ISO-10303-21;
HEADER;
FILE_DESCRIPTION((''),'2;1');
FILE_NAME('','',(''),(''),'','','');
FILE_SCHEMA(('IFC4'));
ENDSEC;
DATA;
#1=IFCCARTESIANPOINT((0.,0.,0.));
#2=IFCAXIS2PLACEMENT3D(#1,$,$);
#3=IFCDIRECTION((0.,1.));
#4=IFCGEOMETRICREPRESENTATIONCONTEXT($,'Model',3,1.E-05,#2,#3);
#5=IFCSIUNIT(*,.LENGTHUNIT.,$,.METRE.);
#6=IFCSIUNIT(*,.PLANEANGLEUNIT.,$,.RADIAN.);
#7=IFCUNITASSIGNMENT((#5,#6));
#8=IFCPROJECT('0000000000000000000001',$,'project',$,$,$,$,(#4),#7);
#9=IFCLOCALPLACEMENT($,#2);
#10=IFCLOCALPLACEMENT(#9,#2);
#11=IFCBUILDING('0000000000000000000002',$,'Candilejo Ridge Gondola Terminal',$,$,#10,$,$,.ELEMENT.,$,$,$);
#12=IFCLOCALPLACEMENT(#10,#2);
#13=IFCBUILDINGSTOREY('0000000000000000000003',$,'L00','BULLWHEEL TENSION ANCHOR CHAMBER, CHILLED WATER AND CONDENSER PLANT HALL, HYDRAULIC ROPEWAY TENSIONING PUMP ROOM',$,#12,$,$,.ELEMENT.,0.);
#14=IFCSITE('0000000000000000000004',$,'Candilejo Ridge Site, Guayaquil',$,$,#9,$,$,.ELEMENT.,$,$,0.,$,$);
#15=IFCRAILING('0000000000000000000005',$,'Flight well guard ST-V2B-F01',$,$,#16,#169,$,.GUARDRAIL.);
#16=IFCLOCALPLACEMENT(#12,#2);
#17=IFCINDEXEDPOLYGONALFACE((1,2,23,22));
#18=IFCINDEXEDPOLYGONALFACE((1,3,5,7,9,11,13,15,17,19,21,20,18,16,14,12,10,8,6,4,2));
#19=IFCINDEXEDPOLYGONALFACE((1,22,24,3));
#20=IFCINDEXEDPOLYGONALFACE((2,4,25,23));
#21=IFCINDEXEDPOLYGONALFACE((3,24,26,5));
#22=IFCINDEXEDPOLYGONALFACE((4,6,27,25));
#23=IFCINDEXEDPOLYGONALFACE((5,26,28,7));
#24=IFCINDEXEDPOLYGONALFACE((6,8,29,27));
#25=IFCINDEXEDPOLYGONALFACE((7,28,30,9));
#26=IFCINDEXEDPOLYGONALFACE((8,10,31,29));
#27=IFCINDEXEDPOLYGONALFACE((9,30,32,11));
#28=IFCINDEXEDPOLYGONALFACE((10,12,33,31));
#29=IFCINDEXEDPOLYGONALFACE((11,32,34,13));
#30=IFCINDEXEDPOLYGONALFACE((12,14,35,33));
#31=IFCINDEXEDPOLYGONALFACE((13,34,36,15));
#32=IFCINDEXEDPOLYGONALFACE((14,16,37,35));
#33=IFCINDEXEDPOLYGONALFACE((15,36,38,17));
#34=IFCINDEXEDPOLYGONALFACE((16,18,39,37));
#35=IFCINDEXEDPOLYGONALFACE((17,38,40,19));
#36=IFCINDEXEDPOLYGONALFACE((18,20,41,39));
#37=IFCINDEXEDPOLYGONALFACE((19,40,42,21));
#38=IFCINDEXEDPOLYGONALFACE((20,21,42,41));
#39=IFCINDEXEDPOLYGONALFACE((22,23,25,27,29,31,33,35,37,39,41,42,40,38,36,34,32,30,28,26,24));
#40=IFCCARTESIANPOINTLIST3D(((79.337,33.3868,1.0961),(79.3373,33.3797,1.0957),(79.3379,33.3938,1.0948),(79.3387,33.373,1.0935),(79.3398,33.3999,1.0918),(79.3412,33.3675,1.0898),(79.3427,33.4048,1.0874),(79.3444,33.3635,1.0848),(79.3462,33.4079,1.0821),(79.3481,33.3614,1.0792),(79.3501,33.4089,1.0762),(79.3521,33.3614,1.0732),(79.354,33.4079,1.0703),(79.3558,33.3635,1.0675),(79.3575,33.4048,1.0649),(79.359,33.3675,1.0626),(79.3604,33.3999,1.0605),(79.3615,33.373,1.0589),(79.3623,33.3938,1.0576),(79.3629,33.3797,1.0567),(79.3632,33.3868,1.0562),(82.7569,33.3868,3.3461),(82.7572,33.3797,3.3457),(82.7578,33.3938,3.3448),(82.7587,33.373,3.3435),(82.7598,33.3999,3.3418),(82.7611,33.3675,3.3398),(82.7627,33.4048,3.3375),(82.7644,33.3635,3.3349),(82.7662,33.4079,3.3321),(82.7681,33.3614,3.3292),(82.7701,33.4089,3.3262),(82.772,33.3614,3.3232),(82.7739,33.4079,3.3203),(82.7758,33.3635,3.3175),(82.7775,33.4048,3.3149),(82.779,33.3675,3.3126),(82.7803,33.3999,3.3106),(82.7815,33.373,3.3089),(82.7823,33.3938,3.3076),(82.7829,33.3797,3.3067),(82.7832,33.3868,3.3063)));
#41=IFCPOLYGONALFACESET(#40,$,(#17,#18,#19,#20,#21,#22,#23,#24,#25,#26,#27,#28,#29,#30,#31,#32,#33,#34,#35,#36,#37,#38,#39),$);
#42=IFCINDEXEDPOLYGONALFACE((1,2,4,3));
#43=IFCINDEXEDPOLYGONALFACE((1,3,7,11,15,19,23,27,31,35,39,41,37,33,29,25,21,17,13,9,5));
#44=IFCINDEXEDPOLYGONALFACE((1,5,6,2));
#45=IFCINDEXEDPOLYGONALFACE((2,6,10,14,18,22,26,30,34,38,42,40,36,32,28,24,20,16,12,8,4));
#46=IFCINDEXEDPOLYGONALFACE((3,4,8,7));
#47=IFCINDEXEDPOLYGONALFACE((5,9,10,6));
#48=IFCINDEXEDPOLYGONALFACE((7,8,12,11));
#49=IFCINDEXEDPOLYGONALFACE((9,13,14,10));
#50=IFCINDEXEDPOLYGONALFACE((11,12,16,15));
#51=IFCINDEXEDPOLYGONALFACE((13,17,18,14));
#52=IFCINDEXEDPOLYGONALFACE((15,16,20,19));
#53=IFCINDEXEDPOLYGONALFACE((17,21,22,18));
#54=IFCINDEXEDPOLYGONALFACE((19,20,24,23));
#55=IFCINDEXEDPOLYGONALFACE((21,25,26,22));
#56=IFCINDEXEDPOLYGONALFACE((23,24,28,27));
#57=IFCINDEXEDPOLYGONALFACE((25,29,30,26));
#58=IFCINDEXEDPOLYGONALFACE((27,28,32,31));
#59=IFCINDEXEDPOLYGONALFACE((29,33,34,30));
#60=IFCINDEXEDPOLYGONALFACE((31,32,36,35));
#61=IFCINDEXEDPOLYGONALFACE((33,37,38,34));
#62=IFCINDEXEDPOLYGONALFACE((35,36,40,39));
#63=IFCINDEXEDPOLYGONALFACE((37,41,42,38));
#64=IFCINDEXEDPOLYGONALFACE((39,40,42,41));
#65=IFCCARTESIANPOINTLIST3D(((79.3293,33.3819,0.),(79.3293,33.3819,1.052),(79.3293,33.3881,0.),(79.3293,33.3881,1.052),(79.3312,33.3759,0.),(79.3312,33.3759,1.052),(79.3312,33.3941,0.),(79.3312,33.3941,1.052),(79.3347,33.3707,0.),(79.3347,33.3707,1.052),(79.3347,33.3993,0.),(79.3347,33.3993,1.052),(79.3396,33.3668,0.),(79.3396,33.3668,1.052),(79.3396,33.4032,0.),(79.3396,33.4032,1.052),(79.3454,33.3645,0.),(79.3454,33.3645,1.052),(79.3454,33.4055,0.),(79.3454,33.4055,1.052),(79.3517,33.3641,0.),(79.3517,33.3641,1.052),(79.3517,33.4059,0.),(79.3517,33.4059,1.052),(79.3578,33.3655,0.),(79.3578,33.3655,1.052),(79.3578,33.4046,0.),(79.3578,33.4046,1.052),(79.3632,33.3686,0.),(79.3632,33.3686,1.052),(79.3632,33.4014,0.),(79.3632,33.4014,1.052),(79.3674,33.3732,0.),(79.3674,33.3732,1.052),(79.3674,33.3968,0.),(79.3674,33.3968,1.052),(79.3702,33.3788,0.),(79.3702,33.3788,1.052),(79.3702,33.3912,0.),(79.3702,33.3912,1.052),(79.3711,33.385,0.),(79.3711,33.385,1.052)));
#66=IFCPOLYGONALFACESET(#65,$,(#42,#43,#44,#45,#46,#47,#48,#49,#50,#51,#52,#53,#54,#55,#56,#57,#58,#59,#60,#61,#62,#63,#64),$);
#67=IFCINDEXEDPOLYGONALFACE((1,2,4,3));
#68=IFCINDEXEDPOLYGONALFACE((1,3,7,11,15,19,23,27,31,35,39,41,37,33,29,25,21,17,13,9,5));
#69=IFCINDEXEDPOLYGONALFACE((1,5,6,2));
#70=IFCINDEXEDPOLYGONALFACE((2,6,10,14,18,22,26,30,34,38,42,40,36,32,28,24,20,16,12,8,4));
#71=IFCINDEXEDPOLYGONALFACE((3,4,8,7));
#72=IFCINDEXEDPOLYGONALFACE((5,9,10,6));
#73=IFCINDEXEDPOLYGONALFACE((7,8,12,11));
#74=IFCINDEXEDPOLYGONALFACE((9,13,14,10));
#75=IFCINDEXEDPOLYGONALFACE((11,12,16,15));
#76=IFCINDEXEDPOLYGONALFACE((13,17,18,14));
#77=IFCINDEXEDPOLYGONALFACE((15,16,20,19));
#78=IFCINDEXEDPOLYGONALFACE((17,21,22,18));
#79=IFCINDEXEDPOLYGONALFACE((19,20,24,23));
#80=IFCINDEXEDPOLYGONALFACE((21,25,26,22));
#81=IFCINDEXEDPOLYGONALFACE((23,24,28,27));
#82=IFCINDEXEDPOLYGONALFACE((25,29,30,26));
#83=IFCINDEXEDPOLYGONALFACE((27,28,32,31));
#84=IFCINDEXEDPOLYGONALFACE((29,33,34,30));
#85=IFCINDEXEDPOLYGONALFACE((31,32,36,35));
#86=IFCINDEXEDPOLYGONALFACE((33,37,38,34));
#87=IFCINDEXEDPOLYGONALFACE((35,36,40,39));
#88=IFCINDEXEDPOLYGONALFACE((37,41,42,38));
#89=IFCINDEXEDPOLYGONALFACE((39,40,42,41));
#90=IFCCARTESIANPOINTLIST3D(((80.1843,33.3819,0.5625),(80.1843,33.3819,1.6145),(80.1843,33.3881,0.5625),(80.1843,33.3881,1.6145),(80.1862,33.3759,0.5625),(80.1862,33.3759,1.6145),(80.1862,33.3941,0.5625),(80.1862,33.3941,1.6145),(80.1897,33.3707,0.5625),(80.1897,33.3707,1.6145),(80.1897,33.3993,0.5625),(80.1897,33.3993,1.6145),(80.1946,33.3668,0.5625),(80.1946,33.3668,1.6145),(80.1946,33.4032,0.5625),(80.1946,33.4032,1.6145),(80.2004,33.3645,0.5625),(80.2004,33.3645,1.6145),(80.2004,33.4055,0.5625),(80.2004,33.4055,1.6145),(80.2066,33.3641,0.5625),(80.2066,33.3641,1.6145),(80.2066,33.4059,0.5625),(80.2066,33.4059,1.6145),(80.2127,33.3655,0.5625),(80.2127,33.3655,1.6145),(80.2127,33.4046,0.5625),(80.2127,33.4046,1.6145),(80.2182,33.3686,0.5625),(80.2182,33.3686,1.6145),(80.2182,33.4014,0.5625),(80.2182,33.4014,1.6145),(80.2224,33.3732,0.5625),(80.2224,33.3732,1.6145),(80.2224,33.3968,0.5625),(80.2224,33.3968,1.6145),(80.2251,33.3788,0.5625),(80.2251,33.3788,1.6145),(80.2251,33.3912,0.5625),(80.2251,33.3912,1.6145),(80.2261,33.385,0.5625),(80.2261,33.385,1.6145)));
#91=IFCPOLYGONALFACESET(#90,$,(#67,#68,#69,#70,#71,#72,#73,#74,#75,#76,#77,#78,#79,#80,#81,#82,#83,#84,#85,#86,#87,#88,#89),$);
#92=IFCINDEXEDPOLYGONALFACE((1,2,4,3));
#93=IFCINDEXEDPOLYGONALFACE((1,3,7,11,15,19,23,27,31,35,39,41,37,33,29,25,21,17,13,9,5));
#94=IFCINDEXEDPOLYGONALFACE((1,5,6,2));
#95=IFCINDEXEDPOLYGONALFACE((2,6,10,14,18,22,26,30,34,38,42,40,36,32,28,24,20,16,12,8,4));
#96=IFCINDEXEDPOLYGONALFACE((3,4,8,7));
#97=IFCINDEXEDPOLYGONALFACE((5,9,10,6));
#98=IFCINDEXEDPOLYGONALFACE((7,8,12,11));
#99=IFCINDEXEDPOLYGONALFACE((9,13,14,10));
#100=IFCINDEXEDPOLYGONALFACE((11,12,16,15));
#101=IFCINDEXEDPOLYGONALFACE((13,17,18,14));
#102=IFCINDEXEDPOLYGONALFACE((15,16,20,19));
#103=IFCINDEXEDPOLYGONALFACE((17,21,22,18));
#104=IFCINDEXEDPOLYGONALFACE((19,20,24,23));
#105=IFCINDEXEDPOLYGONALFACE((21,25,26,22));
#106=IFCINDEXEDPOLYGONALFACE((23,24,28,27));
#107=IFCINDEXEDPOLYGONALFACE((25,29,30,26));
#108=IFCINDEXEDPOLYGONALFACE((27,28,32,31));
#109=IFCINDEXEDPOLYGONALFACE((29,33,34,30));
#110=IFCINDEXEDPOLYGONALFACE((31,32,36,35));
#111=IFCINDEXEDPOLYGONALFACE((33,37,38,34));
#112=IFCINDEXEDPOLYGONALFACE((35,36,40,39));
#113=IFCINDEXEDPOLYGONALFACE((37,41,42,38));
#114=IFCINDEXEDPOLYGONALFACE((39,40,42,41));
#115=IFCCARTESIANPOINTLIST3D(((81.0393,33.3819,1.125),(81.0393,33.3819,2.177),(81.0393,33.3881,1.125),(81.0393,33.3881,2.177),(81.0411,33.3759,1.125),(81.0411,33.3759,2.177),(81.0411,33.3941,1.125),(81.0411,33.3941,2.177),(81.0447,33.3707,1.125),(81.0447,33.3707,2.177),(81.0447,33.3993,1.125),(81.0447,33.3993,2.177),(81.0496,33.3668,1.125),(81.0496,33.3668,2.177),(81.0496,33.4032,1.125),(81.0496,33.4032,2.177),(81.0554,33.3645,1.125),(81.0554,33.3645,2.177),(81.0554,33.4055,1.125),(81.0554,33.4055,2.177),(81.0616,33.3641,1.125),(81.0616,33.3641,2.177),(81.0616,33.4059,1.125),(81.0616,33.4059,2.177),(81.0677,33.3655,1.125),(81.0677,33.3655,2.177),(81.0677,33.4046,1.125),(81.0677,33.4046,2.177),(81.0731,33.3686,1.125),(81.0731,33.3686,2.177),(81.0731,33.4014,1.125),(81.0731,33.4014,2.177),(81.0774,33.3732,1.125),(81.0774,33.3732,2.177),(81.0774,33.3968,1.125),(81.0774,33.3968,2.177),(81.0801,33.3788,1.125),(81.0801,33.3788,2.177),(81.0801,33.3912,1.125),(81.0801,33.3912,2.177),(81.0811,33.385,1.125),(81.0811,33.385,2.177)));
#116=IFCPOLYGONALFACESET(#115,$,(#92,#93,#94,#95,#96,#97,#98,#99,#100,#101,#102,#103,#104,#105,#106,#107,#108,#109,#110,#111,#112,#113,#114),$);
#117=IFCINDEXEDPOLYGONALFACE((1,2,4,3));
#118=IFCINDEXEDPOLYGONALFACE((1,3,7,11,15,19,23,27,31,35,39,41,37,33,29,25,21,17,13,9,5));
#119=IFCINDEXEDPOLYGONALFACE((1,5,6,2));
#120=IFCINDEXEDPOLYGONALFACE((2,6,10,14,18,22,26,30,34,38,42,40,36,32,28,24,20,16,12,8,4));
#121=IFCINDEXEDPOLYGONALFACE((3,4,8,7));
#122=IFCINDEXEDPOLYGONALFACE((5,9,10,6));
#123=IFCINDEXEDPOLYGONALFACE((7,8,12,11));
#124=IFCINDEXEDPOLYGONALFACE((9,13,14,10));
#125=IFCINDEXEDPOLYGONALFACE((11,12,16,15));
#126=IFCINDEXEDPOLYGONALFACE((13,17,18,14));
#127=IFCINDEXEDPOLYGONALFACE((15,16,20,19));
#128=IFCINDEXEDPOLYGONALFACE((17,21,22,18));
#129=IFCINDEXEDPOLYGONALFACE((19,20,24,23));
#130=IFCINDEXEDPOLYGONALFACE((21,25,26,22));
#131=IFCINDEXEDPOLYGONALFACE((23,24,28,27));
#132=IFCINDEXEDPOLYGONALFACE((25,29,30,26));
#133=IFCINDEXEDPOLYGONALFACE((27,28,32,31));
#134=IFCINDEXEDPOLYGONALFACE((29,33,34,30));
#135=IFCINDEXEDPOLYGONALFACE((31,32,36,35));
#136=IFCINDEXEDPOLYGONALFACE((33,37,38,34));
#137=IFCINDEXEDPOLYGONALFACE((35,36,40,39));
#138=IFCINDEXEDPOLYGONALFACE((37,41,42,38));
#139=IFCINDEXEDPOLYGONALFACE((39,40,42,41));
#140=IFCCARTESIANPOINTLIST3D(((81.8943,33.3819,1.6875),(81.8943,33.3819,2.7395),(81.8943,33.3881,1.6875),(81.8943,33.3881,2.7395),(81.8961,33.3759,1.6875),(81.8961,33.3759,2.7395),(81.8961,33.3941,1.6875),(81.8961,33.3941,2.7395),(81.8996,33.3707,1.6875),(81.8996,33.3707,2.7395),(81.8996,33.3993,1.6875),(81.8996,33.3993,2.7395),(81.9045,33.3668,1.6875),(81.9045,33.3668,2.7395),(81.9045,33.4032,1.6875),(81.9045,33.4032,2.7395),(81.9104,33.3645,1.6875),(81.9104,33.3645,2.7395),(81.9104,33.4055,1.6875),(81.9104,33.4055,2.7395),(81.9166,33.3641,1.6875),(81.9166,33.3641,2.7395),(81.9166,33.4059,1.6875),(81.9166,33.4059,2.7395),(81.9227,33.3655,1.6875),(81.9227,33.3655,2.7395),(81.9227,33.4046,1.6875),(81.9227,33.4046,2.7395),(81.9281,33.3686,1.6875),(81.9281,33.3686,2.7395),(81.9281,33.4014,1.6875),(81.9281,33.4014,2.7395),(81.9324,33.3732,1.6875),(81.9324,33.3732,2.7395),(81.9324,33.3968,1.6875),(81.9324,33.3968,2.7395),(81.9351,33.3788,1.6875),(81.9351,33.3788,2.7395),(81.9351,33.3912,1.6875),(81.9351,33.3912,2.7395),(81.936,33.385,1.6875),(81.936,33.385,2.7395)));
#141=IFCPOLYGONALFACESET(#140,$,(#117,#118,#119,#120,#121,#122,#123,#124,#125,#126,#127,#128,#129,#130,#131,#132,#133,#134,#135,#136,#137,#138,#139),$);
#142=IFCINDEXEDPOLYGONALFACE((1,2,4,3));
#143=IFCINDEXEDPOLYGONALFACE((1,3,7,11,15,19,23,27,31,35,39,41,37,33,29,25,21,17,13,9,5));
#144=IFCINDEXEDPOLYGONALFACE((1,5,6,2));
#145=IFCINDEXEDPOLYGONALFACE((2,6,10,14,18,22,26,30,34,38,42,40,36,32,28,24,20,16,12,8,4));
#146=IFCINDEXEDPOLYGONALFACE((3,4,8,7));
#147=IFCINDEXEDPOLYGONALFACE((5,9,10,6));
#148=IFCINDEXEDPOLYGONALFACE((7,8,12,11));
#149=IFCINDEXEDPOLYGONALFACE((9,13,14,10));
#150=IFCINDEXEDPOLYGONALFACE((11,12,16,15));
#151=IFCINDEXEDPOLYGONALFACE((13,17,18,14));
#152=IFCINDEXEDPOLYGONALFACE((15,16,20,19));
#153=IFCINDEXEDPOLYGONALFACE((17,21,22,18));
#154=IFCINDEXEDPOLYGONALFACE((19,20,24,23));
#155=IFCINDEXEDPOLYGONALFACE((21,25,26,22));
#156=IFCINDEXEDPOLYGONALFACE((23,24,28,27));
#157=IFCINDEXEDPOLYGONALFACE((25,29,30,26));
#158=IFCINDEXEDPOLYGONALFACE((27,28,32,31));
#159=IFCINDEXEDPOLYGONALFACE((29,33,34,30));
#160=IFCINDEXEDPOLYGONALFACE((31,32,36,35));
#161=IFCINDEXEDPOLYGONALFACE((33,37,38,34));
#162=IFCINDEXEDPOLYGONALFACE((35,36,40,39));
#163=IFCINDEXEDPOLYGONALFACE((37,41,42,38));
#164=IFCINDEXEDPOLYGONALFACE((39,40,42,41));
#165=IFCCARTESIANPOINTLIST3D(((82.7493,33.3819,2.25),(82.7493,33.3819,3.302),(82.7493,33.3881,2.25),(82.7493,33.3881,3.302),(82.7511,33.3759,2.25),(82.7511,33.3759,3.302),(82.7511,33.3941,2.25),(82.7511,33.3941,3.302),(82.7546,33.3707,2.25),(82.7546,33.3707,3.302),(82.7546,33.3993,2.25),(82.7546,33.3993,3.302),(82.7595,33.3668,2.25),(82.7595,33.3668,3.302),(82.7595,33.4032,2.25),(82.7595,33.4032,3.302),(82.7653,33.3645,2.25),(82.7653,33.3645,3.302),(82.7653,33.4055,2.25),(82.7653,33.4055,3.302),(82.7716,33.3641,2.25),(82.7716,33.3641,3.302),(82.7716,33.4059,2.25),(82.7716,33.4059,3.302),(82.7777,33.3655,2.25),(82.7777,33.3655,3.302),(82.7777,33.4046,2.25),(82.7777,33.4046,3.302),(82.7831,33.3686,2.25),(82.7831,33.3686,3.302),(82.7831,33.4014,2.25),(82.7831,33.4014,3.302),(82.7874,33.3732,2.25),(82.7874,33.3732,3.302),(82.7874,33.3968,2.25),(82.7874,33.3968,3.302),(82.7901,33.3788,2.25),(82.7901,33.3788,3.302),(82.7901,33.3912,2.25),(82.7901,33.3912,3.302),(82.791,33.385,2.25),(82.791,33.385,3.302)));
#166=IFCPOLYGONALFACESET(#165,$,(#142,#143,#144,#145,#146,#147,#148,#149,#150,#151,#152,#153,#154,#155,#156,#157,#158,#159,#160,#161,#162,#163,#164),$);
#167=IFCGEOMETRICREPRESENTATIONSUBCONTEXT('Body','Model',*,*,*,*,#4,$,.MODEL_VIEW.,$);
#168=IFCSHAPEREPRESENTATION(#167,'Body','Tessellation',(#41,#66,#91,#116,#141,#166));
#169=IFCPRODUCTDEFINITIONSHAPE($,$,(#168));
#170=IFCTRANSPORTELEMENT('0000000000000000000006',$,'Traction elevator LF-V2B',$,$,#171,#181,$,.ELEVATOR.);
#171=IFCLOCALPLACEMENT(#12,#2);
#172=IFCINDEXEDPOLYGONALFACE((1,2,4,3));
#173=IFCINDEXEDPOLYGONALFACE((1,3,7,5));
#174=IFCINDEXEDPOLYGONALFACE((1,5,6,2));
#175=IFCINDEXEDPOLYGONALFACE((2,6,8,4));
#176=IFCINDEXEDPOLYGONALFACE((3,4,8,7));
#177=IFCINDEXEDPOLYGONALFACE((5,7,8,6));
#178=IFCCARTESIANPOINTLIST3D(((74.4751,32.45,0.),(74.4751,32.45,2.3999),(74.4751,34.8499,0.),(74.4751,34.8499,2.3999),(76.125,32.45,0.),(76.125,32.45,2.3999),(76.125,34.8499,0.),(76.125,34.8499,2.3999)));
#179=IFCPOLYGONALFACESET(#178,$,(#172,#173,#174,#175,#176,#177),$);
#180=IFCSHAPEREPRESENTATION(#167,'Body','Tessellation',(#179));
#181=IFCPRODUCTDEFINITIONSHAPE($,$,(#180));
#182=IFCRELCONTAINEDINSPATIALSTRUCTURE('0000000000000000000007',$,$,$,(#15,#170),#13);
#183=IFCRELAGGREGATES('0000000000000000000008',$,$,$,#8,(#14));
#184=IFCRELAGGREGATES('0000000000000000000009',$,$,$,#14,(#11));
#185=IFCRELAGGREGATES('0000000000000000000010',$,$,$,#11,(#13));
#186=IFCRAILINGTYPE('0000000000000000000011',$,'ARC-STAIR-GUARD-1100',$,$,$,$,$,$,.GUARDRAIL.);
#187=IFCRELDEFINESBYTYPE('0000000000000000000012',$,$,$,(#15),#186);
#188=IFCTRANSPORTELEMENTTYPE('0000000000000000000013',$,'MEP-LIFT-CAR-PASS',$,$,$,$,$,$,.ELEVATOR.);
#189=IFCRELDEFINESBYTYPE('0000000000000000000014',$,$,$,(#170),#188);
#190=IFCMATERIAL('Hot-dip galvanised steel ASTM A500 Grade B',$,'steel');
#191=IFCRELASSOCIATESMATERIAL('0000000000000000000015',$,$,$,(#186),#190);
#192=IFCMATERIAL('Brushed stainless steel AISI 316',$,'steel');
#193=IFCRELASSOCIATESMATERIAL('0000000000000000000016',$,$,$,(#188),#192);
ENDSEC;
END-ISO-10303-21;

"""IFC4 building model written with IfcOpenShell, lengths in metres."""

from ifc_helpers import new_model, si_unit, direction, frame, origin, origin_2d, place, context, subcontext, project, spatial, rectangle, circle, extrude, material, type_object, element, save


model = new_model("IFC4")

# Units and contexts
model_context = context("Model", 3, precision=1e-05, world=origin(), true_north=direction((0.0, 1.0)))
body_context = subcontext(model_context, "Body", "Model", "MODEL_VIEW")
ifc_project = project(units=[si_unit("LENGTHUNIT", "METRE"), si_unit("PLANEANGLEUNIT", "RADIAN")], contexts=[model_context])

# Site, building, storey
site_placement = place(None, origin())
site = spatial("IfcSite", under=ifc_project, at=site_placement, Name="Candilejo Ridge Site, Guayaquil", CompositionType="ELEMENT", RefElevation=0.0)
building_placement = place(site_placement, origin())
building = spatial("IfcBuilding", under=site, at=building_placement, Name="Candilejo Ridge Gondola Terminal", CompositionType="ELEMENT")
storey_placement = place(building_placement, origin())
storey = spatial("IfcBuildingStorey", under=building, at=storey_placement, Name="L00", Description="BULLWHEEL TENSION ANCHOR CHAMBER, CHILLED WATER AND CONDENSER PLANT HALL, HYDRAULIC ROPEWAY TENSIONING PUMP ROOM", CompositionType="ELEMENT", Elevation=0.0)

# Railing
ifc_material_1 = material(Name="Hot-dip galvanised steel ASTM A500 Grade B", Category="steel")
railing_type = type_object("IfcRailingType", Name="ARC-STAIR-GUARD-1100", PredefinedType="GUARDRAIL", material=ifc_material_1)
railing_placement = place(storey_placement, frame((79.3501, 33.385, 0.0)))
element("IfcRailing", 1, at=railing_placement, inside=storey, type_object=railing_type, Name="Flight well guard ST-V2B-F01", PredefinedType="GUARDRAIL", context=body_context, shape_type="SweptSolid", body=[
    extrude(circle(Radius=0.0239, at=origin_2d()), frame((0.0, 0.0, 1.0762), z_axis=(0.835411, 0.0, 0.549625), x_axis=(0.0, 1.0, 0.0)), (0.0, 0.0, 1.0), 4.0938),
    extrude(circle(Radius=0.021, at=origin_2d()), origin(), (0.0, 0.0, 1.0), 1.052),
    extrude(circle(Radius=0.021, at=origin_2d()), frame((0.855, 0.0, 0.5625)), (0.0, 0.0, 1.0), 1.052),
    extrude(circle(Radius=0.021, at=origin_2d()), frame((1.71, 0.0, 1.125)), (0.0, 0.0, 1.0), 1.052),
    extrude(circle(Radius=0.021, at=origin_2d()), frame((2.5649, 0.0, 1.6875)), (0.0, 0.0, 1.0), 1.052),
    extrude(circle(Radius=0.021, at=origin_2d()), frame((3.4199, 0.0, 2.25)), (0.0, 0.0, 1.0), 1.052),
])

# Transport element
ifc_material_2 = material(Name="Brushed stainless steel AISI 316", Category="steel")
transport_element_type = type_object("IfcTransportElementType", Name="MEP-LIFT-CAR-PASS", PredefinedType="ELEVATOR", material=ifc_material_2)
transport_element_placement = place(storey_placement, frame((75.3, 33.6499, 0.0), z_axis=(0.0, 0.0, 1.0), x_axis=(1.0, 0.0, 0.0)))
element("IfcTransportElement", 2, at=transport_element_placement, inside=storey, type_object=transport_element_type, Name="Traction elevator LF-V2B", PredefinedType="ELEVATOR", context=body_context, shape_type="SweptSolid", body=[
    extrude(rectangle(XDim=1.6499, YDim=2.3999, at=origin_2d()), origin(), (0.0, 0.0, 1.0), 2.3999),
])

save(model, "model.ifc")
